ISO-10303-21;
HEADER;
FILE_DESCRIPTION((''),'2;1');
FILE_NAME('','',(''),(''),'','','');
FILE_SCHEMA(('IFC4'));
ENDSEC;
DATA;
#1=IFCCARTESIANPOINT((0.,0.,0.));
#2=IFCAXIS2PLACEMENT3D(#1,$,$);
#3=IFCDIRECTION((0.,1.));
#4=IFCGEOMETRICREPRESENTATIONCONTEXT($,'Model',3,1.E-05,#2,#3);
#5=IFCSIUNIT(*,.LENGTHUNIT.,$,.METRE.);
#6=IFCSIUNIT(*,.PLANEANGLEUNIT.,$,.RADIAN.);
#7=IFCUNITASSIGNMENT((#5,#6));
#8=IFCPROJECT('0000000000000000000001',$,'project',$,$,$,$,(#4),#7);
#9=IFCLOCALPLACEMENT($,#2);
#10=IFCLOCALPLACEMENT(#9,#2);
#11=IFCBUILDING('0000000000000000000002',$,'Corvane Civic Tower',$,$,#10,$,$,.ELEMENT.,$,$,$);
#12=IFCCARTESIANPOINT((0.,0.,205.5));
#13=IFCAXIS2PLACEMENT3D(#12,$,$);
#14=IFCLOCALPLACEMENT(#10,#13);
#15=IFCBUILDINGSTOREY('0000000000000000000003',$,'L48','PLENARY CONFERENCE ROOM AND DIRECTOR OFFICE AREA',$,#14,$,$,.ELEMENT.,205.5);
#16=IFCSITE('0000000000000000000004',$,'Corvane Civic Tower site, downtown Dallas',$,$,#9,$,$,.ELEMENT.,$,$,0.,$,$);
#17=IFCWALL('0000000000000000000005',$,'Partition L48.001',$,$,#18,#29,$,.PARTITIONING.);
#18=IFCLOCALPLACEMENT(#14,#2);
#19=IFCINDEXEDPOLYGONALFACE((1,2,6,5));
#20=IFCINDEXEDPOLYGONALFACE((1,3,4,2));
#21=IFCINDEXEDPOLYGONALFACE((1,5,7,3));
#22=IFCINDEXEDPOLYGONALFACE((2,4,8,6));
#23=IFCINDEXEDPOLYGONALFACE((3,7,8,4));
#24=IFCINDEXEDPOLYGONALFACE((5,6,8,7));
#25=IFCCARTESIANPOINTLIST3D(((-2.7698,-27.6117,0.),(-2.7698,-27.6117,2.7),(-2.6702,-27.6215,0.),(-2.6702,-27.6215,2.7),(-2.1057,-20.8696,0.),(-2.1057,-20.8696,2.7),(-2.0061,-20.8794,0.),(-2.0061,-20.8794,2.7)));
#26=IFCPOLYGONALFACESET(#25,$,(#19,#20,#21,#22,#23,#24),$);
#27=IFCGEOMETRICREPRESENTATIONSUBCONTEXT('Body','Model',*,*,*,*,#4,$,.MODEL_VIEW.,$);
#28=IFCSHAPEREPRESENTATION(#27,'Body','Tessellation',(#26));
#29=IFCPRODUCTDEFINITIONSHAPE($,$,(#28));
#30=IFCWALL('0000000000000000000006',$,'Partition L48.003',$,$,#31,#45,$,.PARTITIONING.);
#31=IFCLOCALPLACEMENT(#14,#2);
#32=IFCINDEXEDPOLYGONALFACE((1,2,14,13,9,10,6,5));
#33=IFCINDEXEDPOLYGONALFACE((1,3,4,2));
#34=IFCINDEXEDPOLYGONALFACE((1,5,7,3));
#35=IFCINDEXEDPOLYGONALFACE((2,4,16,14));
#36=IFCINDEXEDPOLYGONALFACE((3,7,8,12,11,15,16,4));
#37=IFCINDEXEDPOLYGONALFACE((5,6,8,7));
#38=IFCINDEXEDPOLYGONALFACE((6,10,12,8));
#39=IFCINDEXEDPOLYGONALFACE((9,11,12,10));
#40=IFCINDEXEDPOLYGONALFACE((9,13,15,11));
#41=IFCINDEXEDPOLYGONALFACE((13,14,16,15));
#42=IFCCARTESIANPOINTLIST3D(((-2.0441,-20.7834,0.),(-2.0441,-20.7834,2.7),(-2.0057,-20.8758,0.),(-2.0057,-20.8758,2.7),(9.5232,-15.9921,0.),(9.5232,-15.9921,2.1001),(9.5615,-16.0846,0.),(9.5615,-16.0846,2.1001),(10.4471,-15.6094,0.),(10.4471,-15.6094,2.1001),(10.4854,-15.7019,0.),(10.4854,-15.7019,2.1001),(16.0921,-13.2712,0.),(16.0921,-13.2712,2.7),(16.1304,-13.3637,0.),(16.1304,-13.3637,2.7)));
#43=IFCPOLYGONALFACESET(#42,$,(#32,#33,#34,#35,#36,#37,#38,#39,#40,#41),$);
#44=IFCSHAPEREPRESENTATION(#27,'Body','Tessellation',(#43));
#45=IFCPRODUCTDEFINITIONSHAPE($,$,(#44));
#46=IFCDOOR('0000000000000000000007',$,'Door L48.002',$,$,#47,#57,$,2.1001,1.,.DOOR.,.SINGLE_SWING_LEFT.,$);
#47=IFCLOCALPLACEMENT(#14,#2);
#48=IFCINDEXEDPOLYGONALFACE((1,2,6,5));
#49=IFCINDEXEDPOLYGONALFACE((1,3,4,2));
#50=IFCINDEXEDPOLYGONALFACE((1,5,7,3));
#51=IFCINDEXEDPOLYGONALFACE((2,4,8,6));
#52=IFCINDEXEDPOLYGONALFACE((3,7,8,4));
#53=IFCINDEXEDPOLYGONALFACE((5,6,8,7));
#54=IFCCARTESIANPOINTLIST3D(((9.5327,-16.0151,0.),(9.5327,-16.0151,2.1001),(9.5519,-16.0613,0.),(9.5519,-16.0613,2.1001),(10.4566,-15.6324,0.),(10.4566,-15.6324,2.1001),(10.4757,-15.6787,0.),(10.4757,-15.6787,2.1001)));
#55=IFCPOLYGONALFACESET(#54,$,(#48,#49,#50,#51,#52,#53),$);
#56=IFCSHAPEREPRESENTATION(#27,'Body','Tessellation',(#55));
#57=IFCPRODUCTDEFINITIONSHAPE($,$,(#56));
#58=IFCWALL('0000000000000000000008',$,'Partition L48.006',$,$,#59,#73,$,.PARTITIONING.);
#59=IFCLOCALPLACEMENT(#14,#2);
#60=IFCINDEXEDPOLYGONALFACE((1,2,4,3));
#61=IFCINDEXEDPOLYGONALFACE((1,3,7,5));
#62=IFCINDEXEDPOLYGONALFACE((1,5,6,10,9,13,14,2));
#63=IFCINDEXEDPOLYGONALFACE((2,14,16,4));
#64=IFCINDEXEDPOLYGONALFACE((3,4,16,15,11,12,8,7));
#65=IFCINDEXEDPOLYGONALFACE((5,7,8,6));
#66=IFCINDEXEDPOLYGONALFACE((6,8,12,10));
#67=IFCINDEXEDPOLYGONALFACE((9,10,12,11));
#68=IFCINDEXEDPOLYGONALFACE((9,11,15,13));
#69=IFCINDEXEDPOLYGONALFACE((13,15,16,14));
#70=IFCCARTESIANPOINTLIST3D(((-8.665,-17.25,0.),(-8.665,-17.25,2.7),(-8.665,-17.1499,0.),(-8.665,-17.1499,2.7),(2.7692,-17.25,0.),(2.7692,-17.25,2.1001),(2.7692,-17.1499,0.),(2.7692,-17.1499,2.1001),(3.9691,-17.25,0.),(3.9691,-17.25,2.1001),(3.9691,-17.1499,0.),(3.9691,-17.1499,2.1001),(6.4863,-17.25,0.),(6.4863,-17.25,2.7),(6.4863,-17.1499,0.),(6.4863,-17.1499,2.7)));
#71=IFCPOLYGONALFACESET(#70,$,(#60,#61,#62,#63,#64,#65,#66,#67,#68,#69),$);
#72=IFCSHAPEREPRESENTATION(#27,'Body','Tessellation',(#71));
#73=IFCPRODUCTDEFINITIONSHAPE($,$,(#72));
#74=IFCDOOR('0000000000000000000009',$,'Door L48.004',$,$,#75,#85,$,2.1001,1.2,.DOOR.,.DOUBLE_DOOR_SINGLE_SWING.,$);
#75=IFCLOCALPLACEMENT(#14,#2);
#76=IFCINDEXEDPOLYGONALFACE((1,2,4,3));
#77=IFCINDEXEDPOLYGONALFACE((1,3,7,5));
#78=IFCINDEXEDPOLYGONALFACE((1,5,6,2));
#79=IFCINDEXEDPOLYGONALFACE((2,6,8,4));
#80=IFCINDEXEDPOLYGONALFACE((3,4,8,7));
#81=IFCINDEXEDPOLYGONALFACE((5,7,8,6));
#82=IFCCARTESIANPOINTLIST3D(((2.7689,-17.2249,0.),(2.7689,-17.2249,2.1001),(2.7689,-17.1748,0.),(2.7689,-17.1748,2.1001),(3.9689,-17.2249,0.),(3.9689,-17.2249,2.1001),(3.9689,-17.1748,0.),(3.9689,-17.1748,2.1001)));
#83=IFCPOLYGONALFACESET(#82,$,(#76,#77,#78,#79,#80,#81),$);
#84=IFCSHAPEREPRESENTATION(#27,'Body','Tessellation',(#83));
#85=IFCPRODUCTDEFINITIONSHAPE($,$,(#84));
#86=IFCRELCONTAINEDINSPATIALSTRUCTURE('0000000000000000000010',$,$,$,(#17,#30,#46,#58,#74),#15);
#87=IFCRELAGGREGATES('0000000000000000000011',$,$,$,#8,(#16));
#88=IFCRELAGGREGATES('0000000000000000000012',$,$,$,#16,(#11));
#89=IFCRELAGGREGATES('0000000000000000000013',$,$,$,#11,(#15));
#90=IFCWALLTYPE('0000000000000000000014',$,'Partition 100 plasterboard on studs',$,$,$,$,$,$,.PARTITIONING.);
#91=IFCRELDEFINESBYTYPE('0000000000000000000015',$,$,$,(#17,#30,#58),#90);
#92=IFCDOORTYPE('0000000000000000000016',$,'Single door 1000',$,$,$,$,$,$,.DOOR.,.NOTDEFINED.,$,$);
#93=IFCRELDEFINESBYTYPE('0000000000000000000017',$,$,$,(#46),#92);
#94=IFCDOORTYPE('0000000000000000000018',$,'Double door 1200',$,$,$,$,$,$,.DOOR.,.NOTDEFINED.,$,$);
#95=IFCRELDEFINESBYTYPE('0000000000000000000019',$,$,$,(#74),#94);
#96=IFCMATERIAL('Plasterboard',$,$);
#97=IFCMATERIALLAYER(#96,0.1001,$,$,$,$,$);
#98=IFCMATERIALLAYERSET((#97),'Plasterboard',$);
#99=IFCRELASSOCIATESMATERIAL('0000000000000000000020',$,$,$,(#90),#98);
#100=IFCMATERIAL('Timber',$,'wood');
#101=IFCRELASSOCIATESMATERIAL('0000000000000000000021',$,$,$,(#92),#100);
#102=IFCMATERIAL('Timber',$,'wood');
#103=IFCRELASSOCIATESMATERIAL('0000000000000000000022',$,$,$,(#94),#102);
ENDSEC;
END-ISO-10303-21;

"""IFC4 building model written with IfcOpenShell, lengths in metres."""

from ifc_helpers import new_model, si_unit, direction, frame, frame_2d, origin, place, context, subcontext, project, spatial, rectangle, extrude, material, layer, layer_set, type_object, element, fill, save


model = new_model("IFC4")

# Units and contexts
model_context = context("Model", 3, precision=1e-05, world=origin(), true_north=direction((0.0, 1.0)))
body_context = subcontext(model_context, "Body", "Model", "MODEL_VIEW")
ifc_project = project(units=[si_unit("LENGTHUNIT", "METRE"), si_unit("PLANEANGLEUNIT", "RADIAN")], contexts=[model_context])

# Site, building, storey
site_placement = place(None, origin())
site = spatial("IfcSite", under=ifc_project, at=site_placement, Name="Corvane Civic Tower site, downtown Dallas", CompositionType="ELEMENT", RefElevation=0.0)
building_placement = place(site_placement, origin())
building = spatial("IfcBuilding", under=site, at=building_placement, Name="Corvane Civic Tower", CompositionType="ELEMENT")
storey_placement = place(building_placement, frame((0.0, 0.0, 205.5)))
storey = spatial("IfcBuildingStorey", under=building, at=storey_placement, Name="L48", Description="PLENARY CONFERENCE ROOM AND DIRECTOR OFFICE AREA", CompositionType="ELEMENT", Elevation=205.5)

# Wall
ifc_material_1 = material(Name="Plasterboard")
ifc_layer_1 = layer(ifc_material_1, 0.1001)
ifc_layer_set_1 = layer_set([ifc_layer_1], Name="Plasterboard")
wall_type = type_object("IfcWallType", Name="Partition 100 plasterboard on studs", PredefinedType="PARTITIONING", material=ifc_layer_set_1)
wall_1_placement = place(storey_placement, frame((-2.72, -27.6165, 0.0), z_axis=(0.0, 0.0, 1.0), x_axis=(0.098023, 0.995184, 0.0)))
element("IfcWall", 1, at=wall_1_placement, inside=storey, type_object=wall_type, Name="Partition L48.001", PredefinedType="PARTITIONING", context=body_context, shape_type="SweptSolid", body=[
    extrude(rectangle(XDim=6.7747, YDim=0.1001, at=frame_2d((3.3872, 0.0))), origin(), (0.0, 0.0, 1.0), 2.7),
])

# Walls, openings, doors
wall_2_placement = place(storey_placement, frame((-2.0249, -20.8296, 0.0), z_axis=(0.0, 0.0, 1.0), x_axis=(0.923881, 0.382681, 0.0)))
wall_2 = element("IfcWall", 2, at=wall_2_placement, inside=storey, type_object=wall_type, Name="Partition L48.003", PredefinedType="PARTITIONING", context=body_context, shape_type="SweptSolid", body=[
    extrude(rectangle(XDim=19.6304, YDim=0.1001, at=frame_2d((9.8152, 0.0))), origin(), (0.0, 0.0, 1.0), 2.7),
])
opening_1_placement = place(wall_2_placement, frame((12.5203, 0.0, 0.0)))
opening_1 = element("IfcOpeningElement", 3, at=opening_1_placement, cuts=wall_2, PredefinedType="OPENING", context=body_context, shape_type="SweptSolid", body=[
    extrude(rectangle(XDim=1.0, YDim=2.1001, at=frame_2d((0.5, 1.05))), frame((0.0, 0.0601, 0.0), z_axis=(0.0, -1.0, 0.0), x_axis=(1.0, 0.0, 0.0)), (0.0, 0.0, 1.0), 0.1201),
])
ifc_material_2 = material(Name="Timber", Category="wood")
door_type_1 = type_object("IfcDoorType", Name="Single door 1000", OperationType="NOTDEFINED", PredefinedType="DOOR", material=ifc_material_2)
door_1_placement = place(opening_1_placement, frame((1.0, 0.0, 0.0), z_axis=(0.0, 0.0, 1.0), x_axis=(-1.0, 0.0, 0.0)))
door_1 = element("IfcDoor", 4, at=door_1_placement, inside=storey, type_object=door_type_1, Name="Door L48.002", OperationType="SINGLE_SWING_LEFT", OverallHeight=2.1001, OverallWidth=1.0, PredefinedType="DOOR", context=body_context, shape_type="SweptSolid", body=[
    extrude(rectangle(XDim=1.0, YDim=2.1001, at=frame_2d((0.5, 1.05))), frame((0.0, 0.0249, 0.0), z_axis=(0.0, -1.0, 0.0), x_axis=(1.0, 0.0, 0.0)), (0.0, 0.0, 1.0), 0.05),
])
fill(opening_1, door_1)
wall_3_placement = place(storey_placement, frame((-8.665, -17.2, 0.0), z_axis=(0.0, 0.0, 1.0), x_axis=(1.0, 0.0, 0.0)))
wall_3 = element("IfcWall", 5, at=wall_3_placement, inside=storey, type_object=wall_type, Name="Partition L48.006", PredefinedType="PARTITIONING", context=body_context, shape_type="SweptSolid", body=[
    extrude(rectangle(XDim=15.1514, YDim=0.1001, at=frame_2d((7.5757, 0.0))), origin(), (0.0, 0.0, 1.0), 2.7),
])
opening_2_placement = place(wall_3_placement, frame((11.4341, 0.0, 0.0)))
opening_2 = element("IfcOpeningElement", 6, at=opening_2_placement, cuts=wall_3, PredefinedType="OPENING", context=body_context, shape_type="SweptSolid", body=[
    extrude(rectangle(XDim=1.2, YDim=2.1001, at=frame_2d((0.6001, 1.05))), frame((0.0, 0.0601, 0.0), z_axis=(0.0, -1.0, 0.0), x_axis=(1.0, 0.0, 0.0)), (0.0, 0.0, 1.0), 0.1201),
])
ifc_material_3 = material(Name="Timber", Category="wood")
door_type_2 = type_object("IfcDoorType", Name="Double door 1200", OperationType="NOTDEFINED", PredefinedType="DOOR", material=ifc_material_3)
door_2_placement = place(opening_2_placement, frame((1.2, 0.0, 0.0), z_axis=(0.0, 0.0, 1.0), x_axis=(-1.0, 0.0, 0.0)))
door_2 = element("IfcDoor", 7, at=door_2_placement, inside=storey, type_object=door_type_2, Name="Door L48.004", OperationType="DOUBLE_DOOR_SINGLE_SWING", OverallHeight=2.1001, OverallWidth=1.2, PredefinedType="DOOR", context=body_context, shape_type="SweptSolid", body=[
    extrude(rectangle(XDim=1.2, YDim=2.1001, at=frame_2d((0.6001, 1.05))), frame((0.0, 0.0249, 0.0), z_axis=(0.0, -1.0, 0.0), x_axis=(1.0, 0.0, 0.0)), (0.0, 0.0, 1.0), 0.05),
])
fill(opening_2, door_2)

save(model, "model.ifc")
